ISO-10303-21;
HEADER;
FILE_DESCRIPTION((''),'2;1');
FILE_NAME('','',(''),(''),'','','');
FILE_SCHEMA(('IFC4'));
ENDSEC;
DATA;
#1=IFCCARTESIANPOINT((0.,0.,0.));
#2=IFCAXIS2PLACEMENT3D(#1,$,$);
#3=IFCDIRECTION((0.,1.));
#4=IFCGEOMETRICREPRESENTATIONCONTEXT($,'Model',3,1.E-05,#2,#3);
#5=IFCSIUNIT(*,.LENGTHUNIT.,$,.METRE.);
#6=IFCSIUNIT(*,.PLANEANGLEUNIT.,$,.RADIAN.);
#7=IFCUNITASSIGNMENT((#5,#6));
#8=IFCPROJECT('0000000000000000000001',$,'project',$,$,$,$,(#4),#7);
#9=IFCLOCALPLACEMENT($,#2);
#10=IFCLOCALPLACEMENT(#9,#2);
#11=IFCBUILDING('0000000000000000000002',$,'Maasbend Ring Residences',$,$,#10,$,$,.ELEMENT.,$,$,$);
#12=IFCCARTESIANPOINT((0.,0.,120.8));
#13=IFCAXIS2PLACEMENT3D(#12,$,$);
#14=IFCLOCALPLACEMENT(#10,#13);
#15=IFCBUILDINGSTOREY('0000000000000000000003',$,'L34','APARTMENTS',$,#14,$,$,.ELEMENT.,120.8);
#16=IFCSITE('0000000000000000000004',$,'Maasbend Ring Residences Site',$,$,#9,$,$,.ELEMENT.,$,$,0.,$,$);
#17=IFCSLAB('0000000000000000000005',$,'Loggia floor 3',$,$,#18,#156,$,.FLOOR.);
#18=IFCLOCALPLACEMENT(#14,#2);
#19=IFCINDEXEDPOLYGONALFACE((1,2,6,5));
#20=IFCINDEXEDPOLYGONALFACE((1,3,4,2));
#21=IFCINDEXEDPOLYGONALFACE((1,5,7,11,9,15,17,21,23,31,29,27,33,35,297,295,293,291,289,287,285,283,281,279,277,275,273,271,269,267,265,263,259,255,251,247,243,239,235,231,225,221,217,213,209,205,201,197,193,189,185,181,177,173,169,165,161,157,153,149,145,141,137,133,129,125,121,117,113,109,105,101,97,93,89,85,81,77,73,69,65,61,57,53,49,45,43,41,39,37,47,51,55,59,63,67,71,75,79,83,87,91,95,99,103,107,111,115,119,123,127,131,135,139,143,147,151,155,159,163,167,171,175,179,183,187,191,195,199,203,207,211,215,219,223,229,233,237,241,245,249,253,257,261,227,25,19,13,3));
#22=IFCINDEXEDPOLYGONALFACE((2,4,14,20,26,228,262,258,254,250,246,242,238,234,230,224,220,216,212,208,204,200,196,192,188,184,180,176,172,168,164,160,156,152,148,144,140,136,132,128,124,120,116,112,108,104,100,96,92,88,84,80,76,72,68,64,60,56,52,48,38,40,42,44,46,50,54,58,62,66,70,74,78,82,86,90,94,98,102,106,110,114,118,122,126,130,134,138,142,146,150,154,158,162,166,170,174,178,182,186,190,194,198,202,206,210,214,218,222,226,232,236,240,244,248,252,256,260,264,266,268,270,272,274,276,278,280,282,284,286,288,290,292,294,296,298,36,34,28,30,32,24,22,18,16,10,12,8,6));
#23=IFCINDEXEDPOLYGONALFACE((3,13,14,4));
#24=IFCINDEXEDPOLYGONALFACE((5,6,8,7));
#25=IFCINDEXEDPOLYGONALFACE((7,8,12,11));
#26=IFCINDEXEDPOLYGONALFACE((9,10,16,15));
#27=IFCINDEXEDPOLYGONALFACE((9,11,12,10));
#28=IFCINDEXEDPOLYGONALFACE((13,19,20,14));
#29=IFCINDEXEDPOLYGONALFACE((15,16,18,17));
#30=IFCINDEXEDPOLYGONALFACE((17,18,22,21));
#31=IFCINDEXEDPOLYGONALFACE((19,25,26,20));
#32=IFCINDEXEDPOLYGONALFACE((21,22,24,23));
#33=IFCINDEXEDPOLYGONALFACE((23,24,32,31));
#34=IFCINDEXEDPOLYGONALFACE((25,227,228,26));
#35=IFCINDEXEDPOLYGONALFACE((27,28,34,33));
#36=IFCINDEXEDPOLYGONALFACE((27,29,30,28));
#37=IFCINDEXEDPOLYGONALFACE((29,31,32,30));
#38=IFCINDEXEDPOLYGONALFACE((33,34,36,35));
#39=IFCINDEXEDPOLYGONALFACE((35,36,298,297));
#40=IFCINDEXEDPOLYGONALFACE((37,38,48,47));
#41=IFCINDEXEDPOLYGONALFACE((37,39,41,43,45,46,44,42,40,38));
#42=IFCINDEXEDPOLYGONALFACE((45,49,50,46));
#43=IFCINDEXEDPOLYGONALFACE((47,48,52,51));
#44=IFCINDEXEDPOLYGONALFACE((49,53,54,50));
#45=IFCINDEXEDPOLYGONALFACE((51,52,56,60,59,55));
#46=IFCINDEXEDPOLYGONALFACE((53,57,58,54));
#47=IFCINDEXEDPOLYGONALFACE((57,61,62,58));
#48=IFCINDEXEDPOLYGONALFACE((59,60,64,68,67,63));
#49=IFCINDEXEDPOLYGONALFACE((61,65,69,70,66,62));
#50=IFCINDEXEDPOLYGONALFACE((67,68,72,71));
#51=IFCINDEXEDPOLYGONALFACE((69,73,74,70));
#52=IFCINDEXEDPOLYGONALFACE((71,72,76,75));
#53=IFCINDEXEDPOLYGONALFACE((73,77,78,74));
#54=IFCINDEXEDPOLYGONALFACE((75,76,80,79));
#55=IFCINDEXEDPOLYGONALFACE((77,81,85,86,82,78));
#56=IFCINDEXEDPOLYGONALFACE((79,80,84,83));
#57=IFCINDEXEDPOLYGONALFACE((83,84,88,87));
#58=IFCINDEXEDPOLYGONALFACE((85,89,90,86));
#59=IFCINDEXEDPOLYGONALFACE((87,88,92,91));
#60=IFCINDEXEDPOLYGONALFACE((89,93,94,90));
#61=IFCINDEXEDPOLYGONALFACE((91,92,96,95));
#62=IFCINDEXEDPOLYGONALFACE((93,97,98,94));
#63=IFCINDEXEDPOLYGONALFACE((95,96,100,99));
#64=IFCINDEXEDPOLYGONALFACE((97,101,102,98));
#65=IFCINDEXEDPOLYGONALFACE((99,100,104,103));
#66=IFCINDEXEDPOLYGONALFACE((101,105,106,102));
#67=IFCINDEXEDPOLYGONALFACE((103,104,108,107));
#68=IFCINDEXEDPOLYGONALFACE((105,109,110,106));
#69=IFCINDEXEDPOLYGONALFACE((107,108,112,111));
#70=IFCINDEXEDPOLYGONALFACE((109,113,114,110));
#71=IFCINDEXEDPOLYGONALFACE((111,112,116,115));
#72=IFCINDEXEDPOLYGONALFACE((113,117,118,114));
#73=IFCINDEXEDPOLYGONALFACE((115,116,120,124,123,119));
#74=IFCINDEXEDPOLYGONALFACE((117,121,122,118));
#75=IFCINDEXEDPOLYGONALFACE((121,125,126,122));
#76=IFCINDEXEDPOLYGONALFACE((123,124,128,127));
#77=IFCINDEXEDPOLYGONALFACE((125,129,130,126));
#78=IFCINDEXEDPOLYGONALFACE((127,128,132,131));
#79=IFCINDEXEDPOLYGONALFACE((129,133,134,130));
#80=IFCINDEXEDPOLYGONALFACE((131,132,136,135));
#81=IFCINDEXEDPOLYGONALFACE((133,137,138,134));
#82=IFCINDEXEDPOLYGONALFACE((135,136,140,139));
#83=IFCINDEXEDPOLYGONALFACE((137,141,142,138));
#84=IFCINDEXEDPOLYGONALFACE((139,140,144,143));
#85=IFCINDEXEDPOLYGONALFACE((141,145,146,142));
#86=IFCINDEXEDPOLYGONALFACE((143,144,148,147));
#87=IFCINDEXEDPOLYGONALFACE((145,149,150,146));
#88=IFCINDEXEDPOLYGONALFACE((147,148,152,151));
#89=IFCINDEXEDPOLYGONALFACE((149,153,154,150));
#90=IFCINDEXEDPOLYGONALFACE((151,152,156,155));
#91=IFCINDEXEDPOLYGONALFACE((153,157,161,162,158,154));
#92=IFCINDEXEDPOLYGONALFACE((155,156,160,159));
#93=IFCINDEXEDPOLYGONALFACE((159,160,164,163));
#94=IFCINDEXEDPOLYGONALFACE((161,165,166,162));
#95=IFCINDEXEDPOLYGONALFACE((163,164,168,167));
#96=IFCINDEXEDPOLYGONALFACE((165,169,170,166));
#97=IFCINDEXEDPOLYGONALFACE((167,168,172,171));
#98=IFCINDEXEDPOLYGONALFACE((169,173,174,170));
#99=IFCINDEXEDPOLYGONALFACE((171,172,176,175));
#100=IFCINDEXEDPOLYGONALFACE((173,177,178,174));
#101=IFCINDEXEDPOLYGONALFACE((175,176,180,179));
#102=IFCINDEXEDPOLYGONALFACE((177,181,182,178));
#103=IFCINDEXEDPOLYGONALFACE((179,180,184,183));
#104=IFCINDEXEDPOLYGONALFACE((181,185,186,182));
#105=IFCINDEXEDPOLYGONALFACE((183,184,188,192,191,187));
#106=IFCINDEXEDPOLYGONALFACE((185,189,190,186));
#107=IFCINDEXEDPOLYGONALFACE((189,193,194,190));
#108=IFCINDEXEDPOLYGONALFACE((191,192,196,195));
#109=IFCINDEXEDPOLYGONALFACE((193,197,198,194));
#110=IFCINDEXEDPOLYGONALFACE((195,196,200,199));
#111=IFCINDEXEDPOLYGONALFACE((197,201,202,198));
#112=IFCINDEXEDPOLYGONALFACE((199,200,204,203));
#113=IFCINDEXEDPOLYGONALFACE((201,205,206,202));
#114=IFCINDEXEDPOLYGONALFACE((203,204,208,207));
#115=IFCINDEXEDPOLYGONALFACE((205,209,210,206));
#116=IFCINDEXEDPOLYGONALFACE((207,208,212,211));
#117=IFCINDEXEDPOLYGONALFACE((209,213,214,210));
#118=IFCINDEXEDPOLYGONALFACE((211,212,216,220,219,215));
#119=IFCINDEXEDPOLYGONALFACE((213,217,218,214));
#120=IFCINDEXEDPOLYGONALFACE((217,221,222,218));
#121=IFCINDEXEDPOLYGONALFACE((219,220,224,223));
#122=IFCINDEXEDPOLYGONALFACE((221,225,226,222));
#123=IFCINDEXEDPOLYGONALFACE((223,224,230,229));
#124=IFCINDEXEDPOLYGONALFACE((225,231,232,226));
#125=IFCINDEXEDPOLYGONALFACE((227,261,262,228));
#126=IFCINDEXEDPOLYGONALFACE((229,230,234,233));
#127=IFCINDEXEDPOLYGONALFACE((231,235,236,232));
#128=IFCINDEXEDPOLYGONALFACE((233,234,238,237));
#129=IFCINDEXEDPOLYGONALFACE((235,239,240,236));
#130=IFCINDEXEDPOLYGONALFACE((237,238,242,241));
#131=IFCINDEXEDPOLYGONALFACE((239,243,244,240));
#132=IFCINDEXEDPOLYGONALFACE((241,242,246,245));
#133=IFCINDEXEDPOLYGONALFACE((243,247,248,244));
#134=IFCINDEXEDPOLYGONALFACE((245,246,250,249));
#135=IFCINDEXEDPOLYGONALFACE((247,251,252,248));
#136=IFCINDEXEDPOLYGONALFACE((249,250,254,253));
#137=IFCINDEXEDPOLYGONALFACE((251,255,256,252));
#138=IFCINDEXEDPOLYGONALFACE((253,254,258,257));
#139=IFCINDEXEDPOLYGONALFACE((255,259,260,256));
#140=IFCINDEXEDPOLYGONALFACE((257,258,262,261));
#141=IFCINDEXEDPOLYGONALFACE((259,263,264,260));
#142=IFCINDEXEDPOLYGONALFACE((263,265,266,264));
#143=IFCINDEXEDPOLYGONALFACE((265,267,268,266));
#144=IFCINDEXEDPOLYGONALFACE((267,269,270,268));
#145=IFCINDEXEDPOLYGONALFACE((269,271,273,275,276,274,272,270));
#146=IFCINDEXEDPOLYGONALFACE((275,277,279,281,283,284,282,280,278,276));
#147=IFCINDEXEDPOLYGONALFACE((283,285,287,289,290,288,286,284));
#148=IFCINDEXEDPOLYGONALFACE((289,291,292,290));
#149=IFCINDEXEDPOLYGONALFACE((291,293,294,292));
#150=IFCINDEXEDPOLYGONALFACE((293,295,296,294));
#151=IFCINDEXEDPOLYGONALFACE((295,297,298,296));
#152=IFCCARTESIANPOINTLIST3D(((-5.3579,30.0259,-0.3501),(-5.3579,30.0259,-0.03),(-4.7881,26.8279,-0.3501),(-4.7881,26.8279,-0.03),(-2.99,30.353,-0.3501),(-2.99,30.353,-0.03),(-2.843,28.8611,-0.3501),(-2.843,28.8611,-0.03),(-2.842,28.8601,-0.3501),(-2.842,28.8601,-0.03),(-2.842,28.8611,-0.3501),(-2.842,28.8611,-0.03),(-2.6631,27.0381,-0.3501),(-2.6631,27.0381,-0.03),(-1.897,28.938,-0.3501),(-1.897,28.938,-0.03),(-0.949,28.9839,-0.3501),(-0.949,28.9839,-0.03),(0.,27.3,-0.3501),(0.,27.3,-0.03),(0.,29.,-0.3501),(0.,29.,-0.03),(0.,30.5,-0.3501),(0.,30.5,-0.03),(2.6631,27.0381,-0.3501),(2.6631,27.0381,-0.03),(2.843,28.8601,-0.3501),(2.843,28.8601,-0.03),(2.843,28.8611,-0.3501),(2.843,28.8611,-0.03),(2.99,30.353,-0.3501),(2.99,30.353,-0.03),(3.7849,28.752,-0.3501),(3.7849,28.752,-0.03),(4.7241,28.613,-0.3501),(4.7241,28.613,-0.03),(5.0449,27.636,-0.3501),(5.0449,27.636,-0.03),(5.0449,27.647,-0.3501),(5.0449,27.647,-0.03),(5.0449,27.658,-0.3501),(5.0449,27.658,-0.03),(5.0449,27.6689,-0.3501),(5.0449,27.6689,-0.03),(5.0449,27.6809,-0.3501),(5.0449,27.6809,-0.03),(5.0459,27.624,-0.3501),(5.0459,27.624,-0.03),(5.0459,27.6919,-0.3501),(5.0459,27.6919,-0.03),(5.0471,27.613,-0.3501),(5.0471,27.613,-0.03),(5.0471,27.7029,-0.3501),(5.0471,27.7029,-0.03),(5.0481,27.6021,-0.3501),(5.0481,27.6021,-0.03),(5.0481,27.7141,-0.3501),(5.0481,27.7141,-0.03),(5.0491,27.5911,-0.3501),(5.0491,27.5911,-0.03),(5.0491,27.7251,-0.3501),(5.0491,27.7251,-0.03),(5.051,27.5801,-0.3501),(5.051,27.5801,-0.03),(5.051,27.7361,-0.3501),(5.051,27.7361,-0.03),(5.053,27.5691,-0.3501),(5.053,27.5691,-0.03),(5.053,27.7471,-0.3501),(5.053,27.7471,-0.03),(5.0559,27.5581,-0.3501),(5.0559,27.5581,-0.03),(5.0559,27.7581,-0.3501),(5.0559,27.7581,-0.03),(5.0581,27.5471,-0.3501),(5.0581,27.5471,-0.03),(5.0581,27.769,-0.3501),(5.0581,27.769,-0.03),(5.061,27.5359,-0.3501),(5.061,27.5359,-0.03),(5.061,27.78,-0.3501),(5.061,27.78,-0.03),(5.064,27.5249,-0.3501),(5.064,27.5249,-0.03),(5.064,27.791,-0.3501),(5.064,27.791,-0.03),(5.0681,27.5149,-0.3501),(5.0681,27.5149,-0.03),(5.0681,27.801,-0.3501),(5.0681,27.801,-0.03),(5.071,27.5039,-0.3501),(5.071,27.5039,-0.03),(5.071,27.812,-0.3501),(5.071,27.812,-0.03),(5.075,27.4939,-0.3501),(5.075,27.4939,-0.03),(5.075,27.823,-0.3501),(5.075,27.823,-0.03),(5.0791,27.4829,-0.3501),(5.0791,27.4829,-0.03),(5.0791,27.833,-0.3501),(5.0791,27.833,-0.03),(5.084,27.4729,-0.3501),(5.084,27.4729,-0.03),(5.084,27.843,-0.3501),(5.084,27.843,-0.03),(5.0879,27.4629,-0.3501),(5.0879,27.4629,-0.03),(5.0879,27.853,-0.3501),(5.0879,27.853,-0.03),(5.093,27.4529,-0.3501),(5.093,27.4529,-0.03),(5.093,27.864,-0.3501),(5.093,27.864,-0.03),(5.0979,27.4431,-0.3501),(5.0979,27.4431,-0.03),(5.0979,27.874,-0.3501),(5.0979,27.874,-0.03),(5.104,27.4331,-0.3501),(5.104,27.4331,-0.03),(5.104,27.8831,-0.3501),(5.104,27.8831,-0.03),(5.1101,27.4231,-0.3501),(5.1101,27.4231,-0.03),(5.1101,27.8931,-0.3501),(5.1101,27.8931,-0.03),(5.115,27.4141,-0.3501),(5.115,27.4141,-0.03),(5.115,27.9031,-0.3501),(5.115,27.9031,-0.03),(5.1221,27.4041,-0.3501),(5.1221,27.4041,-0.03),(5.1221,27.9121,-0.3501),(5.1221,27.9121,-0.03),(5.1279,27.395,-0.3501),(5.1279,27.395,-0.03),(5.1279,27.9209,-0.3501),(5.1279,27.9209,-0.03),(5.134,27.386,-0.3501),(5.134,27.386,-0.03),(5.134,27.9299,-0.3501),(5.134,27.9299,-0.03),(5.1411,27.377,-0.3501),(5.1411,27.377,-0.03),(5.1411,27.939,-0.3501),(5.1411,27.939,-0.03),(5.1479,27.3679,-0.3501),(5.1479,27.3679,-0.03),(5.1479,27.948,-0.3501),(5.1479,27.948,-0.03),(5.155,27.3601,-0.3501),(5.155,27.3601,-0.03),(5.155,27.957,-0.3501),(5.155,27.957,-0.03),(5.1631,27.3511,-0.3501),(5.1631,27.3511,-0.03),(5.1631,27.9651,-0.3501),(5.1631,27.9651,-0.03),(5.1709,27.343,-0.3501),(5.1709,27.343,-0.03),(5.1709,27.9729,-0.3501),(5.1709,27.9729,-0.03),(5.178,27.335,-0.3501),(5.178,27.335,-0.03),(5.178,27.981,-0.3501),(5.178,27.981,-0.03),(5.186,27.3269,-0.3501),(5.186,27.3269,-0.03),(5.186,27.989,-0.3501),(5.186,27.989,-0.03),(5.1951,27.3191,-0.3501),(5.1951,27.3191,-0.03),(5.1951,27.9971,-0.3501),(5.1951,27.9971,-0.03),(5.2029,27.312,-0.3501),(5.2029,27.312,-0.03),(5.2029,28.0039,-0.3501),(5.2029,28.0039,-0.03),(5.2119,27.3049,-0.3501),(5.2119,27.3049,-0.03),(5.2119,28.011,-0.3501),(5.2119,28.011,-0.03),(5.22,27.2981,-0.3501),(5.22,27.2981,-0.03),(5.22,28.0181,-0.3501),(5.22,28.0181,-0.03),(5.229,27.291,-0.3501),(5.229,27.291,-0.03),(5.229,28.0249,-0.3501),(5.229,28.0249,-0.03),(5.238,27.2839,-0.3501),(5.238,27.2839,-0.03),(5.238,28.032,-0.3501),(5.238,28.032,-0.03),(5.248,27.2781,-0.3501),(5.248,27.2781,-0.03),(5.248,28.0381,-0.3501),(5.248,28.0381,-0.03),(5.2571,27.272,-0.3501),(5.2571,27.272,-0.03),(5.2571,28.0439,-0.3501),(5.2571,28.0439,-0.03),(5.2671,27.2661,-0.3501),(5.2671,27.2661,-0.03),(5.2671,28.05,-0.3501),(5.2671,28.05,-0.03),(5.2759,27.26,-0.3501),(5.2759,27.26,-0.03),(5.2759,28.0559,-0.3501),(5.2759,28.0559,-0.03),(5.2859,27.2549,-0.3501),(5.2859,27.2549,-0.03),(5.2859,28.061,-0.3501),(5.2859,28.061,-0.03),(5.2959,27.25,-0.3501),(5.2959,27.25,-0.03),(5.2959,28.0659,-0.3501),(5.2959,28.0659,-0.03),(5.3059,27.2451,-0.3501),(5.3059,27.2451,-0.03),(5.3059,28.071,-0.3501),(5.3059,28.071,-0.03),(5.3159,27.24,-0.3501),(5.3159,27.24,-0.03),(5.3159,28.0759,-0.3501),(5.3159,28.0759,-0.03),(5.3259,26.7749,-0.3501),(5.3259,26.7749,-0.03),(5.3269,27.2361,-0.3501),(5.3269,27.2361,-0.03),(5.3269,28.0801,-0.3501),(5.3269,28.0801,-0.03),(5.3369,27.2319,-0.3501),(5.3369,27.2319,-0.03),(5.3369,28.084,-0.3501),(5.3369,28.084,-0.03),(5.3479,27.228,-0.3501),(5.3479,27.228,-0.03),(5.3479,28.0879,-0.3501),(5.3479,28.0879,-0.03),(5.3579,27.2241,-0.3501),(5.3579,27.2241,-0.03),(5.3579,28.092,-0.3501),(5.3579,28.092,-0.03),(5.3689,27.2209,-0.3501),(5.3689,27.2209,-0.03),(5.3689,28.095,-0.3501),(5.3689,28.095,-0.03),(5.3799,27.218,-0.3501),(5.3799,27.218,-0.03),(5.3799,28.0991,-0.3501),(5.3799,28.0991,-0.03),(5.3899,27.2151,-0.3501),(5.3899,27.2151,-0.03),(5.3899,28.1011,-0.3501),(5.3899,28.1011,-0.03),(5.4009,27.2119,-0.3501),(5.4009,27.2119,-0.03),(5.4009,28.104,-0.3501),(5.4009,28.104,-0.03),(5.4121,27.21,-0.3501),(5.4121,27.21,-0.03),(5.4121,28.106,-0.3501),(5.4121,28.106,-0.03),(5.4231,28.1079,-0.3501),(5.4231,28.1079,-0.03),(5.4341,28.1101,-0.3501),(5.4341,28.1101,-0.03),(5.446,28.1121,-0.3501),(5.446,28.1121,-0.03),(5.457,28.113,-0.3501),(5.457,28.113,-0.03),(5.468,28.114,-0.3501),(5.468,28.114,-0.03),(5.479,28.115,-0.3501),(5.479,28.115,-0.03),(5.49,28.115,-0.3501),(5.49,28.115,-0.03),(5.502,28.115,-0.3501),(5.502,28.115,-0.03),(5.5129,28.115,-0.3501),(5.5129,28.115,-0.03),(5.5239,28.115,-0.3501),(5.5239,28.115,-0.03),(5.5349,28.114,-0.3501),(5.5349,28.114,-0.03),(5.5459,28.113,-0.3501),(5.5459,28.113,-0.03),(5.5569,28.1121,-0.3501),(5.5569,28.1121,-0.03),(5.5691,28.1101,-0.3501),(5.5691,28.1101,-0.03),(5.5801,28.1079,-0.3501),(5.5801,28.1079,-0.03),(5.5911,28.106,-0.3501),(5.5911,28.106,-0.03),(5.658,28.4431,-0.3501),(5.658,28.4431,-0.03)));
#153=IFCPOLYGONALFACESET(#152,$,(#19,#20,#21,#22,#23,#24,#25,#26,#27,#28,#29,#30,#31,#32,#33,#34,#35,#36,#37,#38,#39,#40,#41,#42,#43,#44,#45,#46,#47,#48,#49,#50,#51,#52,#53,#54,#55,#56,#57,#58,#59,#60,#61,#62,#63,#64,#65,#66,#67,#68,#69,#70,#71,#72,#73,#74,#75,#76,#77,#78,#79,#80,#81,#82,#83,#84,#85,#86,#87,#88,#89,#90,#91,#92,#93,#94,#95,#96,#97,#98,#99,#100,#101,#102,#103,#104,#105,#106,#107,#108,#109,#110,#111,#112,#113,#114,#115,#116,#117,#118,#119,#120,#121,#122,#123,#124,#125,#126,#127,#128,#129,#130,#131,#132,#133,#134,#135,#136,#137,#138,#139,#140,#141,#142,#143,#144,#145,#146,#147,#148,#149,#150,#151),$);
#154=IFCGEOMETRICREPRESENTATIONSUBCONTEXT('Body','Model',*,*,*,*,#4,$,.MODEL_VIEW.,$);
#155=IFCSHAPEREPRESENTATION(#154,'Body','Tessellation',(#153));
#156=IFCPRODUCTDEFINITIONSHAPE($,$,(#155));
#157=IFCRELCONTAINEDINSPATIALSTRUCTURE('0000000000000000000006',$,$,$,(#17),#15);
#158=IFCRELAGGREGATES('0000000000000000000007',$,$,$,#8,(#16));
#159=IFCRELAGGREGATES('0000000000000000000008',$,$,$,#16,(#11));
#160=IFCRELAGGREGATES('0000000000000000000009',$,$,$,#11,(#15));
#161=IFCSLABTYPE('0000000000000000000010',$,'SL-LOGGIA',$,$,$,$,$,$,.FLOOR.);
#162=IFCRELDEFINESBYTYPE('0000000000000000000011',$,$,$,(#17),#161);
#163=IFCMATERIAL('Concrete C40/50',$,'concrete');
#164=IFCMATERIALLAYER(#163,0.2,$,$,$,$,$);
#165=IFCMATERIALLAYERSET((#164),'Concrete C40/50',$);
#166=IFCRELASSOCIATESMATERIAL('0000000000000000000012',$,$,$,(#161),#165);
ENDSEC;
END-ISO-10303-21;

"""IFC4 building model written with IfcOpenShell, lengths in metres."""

from ifc_helpers import new_model, si_unit, direction, frame, origin, place, context, subcontext, project, spatial, polyline, outline, extrude, material, layer, layer_set, type_object, element, save


model = new_model("IFC4")

# Units and contexts
model_context = context("Model", 3, precision=1e-05, world=origin(), true_north=direction((0.0, 1.0)))
body_context = subcontext(model_context, "Body", "Model", "MODEL_VIEW")
ifc_project = project(units=[si_unit("LENGTHUNIT", "METRE"), si_unit("PLANEANGLEUNIT", "RADIAN")], contexts=[model_context])

# Site, building, storey
site_placement = place(None, origin())
site = spatial("IfcSite", under=ifc_project, at=site_placement, Name="Maasbend Ring Residences Site", CompositionType="ELEMENT", RefElevation=0.0)
building_placement = place(site_placement, origin())
building = spatial("IfcBuilding", under=site, at=building_placement, Name="Maasbend Ring Residences", CompositionType="ELEMENT")
storey_placement = place(building_placement, frame((0.0, 0.0, 120.8)))
storey = spatial("IfcBuildingStorey", under=building, at=storey_placement, Name="L34", Description="APARTMENTS", CompositionType="ELEMENT", Elevation=120.8)

# Slab
ifc_material_1 = material(Name="Concrete C40/50", Category="concrete")
ifc_layer_1 = layer(ifc_material_1, 0.2)
ifc_layer_set_1 = layer_set([ifc_layer_1], Name="Concrete C40/50")
slab_type_1 = type_object("IfcSlabType", Name="SL-LOGGIA", PredefinedType="FLOOR", material=ifc_layer_set_1)
slab_1_placement = place(storey_placement, frame((0.0, 0.0, -0.3501)))
element("IfcSlab", 1, at=slab_1_placement, inside=storey, type_object=slab_type_1, Name="Loggia floor 3", PredefinedType="FLOOR", context=body_context, shape_type="SweptSolid", body=[
    extrude(outline(polyline([(-2.843, 28.8611), (-2.843, 28.8611), (-2.843, 28.8611), (-2.843, 28.8611), (-2.842, 28.8611), (-2.842, 28.8611), (-2.842, 28.8611), (-2.842, 28.8611), (-2.842, 28.8611), (-2.842, 28.8601), (-2.842, 28.8601), (-2.842, 28.8601), (-2.842, 28.8601), (-2.842, 28.8601), (-2.842, 28.8601), (-2.842, 28.8601), (-2.842, 28.8601), (-1.897, 28.938), (-1.897, 28.938), (-0.949, 28.9839), (-0.949, 28.9839), (0.0, 29.0), (0.0, 29.0), (0.0, 29.0), (0.0, 29.0), (0.0, 29.0), (0.0, 29.0), (0.0, 29.0), (0.0, 29.0), (0.0, 29.0), (0.0, 29.0), (0.0, 29.0), (0.0, 29.0), (0.0, 29.0), (0.0, 29.0), (0.0, 29.0), (0.0, 29.0), (0.0, 29.0), (0.0, 30.5), (0.0, 30.5), (0.0, 30.5), (2.99, 30.353), (2.99, 30.353), (2.99, 30.353), (2.843, 28.8611), (2.843, 28.8611), (2.843, 28.8611), (2.843, 28.8611), (2.843, 28.8611), (2.843, 28.8611), (2.843, 28.8611), (2.843, 28.8611), (2.843, 28.8601), (2.843, 28.8601), (2.843, 28.8601), (2.843, 28.8601), (2.843, 28.8601), (2.843, 28.8601), (2.843, 28.8601), (2.843, 28.8601), (2.843, 28.8601), (3.7849, 28.752), (3.7849, 28.752), (4.7241, 28.613), (4.7241, 28.613), (5.658, 28.4431), (5.658, 28.4431), (5.658, 28.4431), (5.5911, 28.106), (5.5911, 28.106), (5.5801, 28.1079), (5.5691, 28.1101), (5.5569, 28.1121), (5.5459, 28.113), (5.5349, 28.114), (5.5239, 28.115), (5.5129, 28.115), (5.502, 28.115), (5.49, 28.115), (5.479, 28.115), (5.468, 28.114), (5.457, 28.113), (5.446, 28.1121), (5.4341, 28.1101), (5.4231, 28.1079), (5.4121, 28.106), (5.4009, 28.104), (5.3899, 28.1011), (5.3799, 28.0991), (5.3689, 28.095), (5.3579, 28.092), (5.3479, 28.0879), (5.3369, 28.084), (5.3269, 28.0801), (5.3159, 28.0759), (5.3059, 28.071), (5.2959, 28.0659), (5.2859, 28.061), (5.2759, 28.0559), (5.2671, 28.05), (5.2571, 28.0439), (5.248, 28.0381), (5.238, 28.032), (5.229, 28.0249), (5.22, 28.0181), (5.2119, 28.011), (5.2029, 28.0039), (5.1951, 27.9971), (5.186, 27.989), (5.178, 27.981), (5.1709, 27.9729), (5.1631, 27.9651), (5.155, 27.957), (5.1479, 27.948), (5.1411, 27.939), (5.134, 27.9299), (5.1279, 27.9209), (5.1221, 27.9121), (5.115, 27.9031), (5.1101, 27.8931), (5.104, 27.8831), (5.0979, 27.874), (5.093, 27.864), (5.0879, 27.853), (5.084, 27.843), (5.0791, 27.833), (5.075, 27.823), (5.071, 27.812), (5.0681, 27.801), (5.064, 27.791), (5.061, 27.78), (5.0581, 27.769), (5.0559, 27.7581), (5.053, 27.7471), (5.051, 27.7361), (5.0491, 27.7251), (5.0481, 27.7141), (5.0471, 27.7029), (5.0459, 27.6919), (5.0449, 27.6809), (5.0449, 27.6689), (5.0449, 27.658), (5.0449, 27.647), (5.0449, 27.636), (5.0459, 27.624), (5.0471, 27.613), (5.0481, 27.6021), (5.0491, 27.5911), (5.051, 27.5801), (5.053, 27.5691), (5.0559, 27.5581), (5.0581, 27.5471), (5.061, 27.5359), (5.064, 27.5249), (5.0681, 27.5149), (5.071, 27.5039), (5.075, 27.4939), (5.0791, 27.4829), (5.084, 27.4729), (5.0879, 27.4629), (5.093, 27.4529), (5.0979, 27.4431), (5.104, 27.4331), (5.1101, 27.4231), (5.115, 27.4141), (5.1221, 27.4041), (5.1279, 27.395), (5.134, 27.386), (5.1411, 27.377), (5.1479, 27.3679), (5.155, 27.3601), (5.1631, 27.3511), (5.1709, 27.343), (5.178, 27.335), (5.186, 27.3269), (5.1951, 27.3191), (5.2029, 27.312), (5.2119, 27.3049), (5.22, 27.2981), (5.229, 27.291), (5.238, 27.2839), (5.248, 27.2781), (5.2571, 27.272), (5.2671, 27.2661), (5.2759, 27.26), (5.2859, 27.2549), (5.2959, 27.25), (5.3059, 27.2451), (5.3159, 27.24), (5.3269, 27.2361), (5.3369, 27.2319), (5.3479, 27.228), (5.3579, 27.2241), (5.3689, 27.2209), (5.3799, 27.218), (5.3899, 27.2151), (5.4009, 27.2119), (5.4121, 27.21), (5.4121, 27.21), (5.3259, 26.7749), (5.3259, 26.7749), (5.3259, 26.7749), (2.6631, 27.0381), (0.0, 27.3), (0.0, 27.3), (0.0, 27.3), (-2.6631, 27.0381), (-4.7881, 26.8279), (-4.7881, 26.8279), (-4.7881, 26.8279), (-5.3579, 30.0259), (-5.3579, 30.0259), (-5.3579, 30.0259), (-2.99, 30.353), (-2.99, 30.353), (-2.99, 30.353), (-2.843, 28.8611)])), origin(), (0.0, 0.0, 1.0), 0.3201),
])

save(model, "model.ifc")
